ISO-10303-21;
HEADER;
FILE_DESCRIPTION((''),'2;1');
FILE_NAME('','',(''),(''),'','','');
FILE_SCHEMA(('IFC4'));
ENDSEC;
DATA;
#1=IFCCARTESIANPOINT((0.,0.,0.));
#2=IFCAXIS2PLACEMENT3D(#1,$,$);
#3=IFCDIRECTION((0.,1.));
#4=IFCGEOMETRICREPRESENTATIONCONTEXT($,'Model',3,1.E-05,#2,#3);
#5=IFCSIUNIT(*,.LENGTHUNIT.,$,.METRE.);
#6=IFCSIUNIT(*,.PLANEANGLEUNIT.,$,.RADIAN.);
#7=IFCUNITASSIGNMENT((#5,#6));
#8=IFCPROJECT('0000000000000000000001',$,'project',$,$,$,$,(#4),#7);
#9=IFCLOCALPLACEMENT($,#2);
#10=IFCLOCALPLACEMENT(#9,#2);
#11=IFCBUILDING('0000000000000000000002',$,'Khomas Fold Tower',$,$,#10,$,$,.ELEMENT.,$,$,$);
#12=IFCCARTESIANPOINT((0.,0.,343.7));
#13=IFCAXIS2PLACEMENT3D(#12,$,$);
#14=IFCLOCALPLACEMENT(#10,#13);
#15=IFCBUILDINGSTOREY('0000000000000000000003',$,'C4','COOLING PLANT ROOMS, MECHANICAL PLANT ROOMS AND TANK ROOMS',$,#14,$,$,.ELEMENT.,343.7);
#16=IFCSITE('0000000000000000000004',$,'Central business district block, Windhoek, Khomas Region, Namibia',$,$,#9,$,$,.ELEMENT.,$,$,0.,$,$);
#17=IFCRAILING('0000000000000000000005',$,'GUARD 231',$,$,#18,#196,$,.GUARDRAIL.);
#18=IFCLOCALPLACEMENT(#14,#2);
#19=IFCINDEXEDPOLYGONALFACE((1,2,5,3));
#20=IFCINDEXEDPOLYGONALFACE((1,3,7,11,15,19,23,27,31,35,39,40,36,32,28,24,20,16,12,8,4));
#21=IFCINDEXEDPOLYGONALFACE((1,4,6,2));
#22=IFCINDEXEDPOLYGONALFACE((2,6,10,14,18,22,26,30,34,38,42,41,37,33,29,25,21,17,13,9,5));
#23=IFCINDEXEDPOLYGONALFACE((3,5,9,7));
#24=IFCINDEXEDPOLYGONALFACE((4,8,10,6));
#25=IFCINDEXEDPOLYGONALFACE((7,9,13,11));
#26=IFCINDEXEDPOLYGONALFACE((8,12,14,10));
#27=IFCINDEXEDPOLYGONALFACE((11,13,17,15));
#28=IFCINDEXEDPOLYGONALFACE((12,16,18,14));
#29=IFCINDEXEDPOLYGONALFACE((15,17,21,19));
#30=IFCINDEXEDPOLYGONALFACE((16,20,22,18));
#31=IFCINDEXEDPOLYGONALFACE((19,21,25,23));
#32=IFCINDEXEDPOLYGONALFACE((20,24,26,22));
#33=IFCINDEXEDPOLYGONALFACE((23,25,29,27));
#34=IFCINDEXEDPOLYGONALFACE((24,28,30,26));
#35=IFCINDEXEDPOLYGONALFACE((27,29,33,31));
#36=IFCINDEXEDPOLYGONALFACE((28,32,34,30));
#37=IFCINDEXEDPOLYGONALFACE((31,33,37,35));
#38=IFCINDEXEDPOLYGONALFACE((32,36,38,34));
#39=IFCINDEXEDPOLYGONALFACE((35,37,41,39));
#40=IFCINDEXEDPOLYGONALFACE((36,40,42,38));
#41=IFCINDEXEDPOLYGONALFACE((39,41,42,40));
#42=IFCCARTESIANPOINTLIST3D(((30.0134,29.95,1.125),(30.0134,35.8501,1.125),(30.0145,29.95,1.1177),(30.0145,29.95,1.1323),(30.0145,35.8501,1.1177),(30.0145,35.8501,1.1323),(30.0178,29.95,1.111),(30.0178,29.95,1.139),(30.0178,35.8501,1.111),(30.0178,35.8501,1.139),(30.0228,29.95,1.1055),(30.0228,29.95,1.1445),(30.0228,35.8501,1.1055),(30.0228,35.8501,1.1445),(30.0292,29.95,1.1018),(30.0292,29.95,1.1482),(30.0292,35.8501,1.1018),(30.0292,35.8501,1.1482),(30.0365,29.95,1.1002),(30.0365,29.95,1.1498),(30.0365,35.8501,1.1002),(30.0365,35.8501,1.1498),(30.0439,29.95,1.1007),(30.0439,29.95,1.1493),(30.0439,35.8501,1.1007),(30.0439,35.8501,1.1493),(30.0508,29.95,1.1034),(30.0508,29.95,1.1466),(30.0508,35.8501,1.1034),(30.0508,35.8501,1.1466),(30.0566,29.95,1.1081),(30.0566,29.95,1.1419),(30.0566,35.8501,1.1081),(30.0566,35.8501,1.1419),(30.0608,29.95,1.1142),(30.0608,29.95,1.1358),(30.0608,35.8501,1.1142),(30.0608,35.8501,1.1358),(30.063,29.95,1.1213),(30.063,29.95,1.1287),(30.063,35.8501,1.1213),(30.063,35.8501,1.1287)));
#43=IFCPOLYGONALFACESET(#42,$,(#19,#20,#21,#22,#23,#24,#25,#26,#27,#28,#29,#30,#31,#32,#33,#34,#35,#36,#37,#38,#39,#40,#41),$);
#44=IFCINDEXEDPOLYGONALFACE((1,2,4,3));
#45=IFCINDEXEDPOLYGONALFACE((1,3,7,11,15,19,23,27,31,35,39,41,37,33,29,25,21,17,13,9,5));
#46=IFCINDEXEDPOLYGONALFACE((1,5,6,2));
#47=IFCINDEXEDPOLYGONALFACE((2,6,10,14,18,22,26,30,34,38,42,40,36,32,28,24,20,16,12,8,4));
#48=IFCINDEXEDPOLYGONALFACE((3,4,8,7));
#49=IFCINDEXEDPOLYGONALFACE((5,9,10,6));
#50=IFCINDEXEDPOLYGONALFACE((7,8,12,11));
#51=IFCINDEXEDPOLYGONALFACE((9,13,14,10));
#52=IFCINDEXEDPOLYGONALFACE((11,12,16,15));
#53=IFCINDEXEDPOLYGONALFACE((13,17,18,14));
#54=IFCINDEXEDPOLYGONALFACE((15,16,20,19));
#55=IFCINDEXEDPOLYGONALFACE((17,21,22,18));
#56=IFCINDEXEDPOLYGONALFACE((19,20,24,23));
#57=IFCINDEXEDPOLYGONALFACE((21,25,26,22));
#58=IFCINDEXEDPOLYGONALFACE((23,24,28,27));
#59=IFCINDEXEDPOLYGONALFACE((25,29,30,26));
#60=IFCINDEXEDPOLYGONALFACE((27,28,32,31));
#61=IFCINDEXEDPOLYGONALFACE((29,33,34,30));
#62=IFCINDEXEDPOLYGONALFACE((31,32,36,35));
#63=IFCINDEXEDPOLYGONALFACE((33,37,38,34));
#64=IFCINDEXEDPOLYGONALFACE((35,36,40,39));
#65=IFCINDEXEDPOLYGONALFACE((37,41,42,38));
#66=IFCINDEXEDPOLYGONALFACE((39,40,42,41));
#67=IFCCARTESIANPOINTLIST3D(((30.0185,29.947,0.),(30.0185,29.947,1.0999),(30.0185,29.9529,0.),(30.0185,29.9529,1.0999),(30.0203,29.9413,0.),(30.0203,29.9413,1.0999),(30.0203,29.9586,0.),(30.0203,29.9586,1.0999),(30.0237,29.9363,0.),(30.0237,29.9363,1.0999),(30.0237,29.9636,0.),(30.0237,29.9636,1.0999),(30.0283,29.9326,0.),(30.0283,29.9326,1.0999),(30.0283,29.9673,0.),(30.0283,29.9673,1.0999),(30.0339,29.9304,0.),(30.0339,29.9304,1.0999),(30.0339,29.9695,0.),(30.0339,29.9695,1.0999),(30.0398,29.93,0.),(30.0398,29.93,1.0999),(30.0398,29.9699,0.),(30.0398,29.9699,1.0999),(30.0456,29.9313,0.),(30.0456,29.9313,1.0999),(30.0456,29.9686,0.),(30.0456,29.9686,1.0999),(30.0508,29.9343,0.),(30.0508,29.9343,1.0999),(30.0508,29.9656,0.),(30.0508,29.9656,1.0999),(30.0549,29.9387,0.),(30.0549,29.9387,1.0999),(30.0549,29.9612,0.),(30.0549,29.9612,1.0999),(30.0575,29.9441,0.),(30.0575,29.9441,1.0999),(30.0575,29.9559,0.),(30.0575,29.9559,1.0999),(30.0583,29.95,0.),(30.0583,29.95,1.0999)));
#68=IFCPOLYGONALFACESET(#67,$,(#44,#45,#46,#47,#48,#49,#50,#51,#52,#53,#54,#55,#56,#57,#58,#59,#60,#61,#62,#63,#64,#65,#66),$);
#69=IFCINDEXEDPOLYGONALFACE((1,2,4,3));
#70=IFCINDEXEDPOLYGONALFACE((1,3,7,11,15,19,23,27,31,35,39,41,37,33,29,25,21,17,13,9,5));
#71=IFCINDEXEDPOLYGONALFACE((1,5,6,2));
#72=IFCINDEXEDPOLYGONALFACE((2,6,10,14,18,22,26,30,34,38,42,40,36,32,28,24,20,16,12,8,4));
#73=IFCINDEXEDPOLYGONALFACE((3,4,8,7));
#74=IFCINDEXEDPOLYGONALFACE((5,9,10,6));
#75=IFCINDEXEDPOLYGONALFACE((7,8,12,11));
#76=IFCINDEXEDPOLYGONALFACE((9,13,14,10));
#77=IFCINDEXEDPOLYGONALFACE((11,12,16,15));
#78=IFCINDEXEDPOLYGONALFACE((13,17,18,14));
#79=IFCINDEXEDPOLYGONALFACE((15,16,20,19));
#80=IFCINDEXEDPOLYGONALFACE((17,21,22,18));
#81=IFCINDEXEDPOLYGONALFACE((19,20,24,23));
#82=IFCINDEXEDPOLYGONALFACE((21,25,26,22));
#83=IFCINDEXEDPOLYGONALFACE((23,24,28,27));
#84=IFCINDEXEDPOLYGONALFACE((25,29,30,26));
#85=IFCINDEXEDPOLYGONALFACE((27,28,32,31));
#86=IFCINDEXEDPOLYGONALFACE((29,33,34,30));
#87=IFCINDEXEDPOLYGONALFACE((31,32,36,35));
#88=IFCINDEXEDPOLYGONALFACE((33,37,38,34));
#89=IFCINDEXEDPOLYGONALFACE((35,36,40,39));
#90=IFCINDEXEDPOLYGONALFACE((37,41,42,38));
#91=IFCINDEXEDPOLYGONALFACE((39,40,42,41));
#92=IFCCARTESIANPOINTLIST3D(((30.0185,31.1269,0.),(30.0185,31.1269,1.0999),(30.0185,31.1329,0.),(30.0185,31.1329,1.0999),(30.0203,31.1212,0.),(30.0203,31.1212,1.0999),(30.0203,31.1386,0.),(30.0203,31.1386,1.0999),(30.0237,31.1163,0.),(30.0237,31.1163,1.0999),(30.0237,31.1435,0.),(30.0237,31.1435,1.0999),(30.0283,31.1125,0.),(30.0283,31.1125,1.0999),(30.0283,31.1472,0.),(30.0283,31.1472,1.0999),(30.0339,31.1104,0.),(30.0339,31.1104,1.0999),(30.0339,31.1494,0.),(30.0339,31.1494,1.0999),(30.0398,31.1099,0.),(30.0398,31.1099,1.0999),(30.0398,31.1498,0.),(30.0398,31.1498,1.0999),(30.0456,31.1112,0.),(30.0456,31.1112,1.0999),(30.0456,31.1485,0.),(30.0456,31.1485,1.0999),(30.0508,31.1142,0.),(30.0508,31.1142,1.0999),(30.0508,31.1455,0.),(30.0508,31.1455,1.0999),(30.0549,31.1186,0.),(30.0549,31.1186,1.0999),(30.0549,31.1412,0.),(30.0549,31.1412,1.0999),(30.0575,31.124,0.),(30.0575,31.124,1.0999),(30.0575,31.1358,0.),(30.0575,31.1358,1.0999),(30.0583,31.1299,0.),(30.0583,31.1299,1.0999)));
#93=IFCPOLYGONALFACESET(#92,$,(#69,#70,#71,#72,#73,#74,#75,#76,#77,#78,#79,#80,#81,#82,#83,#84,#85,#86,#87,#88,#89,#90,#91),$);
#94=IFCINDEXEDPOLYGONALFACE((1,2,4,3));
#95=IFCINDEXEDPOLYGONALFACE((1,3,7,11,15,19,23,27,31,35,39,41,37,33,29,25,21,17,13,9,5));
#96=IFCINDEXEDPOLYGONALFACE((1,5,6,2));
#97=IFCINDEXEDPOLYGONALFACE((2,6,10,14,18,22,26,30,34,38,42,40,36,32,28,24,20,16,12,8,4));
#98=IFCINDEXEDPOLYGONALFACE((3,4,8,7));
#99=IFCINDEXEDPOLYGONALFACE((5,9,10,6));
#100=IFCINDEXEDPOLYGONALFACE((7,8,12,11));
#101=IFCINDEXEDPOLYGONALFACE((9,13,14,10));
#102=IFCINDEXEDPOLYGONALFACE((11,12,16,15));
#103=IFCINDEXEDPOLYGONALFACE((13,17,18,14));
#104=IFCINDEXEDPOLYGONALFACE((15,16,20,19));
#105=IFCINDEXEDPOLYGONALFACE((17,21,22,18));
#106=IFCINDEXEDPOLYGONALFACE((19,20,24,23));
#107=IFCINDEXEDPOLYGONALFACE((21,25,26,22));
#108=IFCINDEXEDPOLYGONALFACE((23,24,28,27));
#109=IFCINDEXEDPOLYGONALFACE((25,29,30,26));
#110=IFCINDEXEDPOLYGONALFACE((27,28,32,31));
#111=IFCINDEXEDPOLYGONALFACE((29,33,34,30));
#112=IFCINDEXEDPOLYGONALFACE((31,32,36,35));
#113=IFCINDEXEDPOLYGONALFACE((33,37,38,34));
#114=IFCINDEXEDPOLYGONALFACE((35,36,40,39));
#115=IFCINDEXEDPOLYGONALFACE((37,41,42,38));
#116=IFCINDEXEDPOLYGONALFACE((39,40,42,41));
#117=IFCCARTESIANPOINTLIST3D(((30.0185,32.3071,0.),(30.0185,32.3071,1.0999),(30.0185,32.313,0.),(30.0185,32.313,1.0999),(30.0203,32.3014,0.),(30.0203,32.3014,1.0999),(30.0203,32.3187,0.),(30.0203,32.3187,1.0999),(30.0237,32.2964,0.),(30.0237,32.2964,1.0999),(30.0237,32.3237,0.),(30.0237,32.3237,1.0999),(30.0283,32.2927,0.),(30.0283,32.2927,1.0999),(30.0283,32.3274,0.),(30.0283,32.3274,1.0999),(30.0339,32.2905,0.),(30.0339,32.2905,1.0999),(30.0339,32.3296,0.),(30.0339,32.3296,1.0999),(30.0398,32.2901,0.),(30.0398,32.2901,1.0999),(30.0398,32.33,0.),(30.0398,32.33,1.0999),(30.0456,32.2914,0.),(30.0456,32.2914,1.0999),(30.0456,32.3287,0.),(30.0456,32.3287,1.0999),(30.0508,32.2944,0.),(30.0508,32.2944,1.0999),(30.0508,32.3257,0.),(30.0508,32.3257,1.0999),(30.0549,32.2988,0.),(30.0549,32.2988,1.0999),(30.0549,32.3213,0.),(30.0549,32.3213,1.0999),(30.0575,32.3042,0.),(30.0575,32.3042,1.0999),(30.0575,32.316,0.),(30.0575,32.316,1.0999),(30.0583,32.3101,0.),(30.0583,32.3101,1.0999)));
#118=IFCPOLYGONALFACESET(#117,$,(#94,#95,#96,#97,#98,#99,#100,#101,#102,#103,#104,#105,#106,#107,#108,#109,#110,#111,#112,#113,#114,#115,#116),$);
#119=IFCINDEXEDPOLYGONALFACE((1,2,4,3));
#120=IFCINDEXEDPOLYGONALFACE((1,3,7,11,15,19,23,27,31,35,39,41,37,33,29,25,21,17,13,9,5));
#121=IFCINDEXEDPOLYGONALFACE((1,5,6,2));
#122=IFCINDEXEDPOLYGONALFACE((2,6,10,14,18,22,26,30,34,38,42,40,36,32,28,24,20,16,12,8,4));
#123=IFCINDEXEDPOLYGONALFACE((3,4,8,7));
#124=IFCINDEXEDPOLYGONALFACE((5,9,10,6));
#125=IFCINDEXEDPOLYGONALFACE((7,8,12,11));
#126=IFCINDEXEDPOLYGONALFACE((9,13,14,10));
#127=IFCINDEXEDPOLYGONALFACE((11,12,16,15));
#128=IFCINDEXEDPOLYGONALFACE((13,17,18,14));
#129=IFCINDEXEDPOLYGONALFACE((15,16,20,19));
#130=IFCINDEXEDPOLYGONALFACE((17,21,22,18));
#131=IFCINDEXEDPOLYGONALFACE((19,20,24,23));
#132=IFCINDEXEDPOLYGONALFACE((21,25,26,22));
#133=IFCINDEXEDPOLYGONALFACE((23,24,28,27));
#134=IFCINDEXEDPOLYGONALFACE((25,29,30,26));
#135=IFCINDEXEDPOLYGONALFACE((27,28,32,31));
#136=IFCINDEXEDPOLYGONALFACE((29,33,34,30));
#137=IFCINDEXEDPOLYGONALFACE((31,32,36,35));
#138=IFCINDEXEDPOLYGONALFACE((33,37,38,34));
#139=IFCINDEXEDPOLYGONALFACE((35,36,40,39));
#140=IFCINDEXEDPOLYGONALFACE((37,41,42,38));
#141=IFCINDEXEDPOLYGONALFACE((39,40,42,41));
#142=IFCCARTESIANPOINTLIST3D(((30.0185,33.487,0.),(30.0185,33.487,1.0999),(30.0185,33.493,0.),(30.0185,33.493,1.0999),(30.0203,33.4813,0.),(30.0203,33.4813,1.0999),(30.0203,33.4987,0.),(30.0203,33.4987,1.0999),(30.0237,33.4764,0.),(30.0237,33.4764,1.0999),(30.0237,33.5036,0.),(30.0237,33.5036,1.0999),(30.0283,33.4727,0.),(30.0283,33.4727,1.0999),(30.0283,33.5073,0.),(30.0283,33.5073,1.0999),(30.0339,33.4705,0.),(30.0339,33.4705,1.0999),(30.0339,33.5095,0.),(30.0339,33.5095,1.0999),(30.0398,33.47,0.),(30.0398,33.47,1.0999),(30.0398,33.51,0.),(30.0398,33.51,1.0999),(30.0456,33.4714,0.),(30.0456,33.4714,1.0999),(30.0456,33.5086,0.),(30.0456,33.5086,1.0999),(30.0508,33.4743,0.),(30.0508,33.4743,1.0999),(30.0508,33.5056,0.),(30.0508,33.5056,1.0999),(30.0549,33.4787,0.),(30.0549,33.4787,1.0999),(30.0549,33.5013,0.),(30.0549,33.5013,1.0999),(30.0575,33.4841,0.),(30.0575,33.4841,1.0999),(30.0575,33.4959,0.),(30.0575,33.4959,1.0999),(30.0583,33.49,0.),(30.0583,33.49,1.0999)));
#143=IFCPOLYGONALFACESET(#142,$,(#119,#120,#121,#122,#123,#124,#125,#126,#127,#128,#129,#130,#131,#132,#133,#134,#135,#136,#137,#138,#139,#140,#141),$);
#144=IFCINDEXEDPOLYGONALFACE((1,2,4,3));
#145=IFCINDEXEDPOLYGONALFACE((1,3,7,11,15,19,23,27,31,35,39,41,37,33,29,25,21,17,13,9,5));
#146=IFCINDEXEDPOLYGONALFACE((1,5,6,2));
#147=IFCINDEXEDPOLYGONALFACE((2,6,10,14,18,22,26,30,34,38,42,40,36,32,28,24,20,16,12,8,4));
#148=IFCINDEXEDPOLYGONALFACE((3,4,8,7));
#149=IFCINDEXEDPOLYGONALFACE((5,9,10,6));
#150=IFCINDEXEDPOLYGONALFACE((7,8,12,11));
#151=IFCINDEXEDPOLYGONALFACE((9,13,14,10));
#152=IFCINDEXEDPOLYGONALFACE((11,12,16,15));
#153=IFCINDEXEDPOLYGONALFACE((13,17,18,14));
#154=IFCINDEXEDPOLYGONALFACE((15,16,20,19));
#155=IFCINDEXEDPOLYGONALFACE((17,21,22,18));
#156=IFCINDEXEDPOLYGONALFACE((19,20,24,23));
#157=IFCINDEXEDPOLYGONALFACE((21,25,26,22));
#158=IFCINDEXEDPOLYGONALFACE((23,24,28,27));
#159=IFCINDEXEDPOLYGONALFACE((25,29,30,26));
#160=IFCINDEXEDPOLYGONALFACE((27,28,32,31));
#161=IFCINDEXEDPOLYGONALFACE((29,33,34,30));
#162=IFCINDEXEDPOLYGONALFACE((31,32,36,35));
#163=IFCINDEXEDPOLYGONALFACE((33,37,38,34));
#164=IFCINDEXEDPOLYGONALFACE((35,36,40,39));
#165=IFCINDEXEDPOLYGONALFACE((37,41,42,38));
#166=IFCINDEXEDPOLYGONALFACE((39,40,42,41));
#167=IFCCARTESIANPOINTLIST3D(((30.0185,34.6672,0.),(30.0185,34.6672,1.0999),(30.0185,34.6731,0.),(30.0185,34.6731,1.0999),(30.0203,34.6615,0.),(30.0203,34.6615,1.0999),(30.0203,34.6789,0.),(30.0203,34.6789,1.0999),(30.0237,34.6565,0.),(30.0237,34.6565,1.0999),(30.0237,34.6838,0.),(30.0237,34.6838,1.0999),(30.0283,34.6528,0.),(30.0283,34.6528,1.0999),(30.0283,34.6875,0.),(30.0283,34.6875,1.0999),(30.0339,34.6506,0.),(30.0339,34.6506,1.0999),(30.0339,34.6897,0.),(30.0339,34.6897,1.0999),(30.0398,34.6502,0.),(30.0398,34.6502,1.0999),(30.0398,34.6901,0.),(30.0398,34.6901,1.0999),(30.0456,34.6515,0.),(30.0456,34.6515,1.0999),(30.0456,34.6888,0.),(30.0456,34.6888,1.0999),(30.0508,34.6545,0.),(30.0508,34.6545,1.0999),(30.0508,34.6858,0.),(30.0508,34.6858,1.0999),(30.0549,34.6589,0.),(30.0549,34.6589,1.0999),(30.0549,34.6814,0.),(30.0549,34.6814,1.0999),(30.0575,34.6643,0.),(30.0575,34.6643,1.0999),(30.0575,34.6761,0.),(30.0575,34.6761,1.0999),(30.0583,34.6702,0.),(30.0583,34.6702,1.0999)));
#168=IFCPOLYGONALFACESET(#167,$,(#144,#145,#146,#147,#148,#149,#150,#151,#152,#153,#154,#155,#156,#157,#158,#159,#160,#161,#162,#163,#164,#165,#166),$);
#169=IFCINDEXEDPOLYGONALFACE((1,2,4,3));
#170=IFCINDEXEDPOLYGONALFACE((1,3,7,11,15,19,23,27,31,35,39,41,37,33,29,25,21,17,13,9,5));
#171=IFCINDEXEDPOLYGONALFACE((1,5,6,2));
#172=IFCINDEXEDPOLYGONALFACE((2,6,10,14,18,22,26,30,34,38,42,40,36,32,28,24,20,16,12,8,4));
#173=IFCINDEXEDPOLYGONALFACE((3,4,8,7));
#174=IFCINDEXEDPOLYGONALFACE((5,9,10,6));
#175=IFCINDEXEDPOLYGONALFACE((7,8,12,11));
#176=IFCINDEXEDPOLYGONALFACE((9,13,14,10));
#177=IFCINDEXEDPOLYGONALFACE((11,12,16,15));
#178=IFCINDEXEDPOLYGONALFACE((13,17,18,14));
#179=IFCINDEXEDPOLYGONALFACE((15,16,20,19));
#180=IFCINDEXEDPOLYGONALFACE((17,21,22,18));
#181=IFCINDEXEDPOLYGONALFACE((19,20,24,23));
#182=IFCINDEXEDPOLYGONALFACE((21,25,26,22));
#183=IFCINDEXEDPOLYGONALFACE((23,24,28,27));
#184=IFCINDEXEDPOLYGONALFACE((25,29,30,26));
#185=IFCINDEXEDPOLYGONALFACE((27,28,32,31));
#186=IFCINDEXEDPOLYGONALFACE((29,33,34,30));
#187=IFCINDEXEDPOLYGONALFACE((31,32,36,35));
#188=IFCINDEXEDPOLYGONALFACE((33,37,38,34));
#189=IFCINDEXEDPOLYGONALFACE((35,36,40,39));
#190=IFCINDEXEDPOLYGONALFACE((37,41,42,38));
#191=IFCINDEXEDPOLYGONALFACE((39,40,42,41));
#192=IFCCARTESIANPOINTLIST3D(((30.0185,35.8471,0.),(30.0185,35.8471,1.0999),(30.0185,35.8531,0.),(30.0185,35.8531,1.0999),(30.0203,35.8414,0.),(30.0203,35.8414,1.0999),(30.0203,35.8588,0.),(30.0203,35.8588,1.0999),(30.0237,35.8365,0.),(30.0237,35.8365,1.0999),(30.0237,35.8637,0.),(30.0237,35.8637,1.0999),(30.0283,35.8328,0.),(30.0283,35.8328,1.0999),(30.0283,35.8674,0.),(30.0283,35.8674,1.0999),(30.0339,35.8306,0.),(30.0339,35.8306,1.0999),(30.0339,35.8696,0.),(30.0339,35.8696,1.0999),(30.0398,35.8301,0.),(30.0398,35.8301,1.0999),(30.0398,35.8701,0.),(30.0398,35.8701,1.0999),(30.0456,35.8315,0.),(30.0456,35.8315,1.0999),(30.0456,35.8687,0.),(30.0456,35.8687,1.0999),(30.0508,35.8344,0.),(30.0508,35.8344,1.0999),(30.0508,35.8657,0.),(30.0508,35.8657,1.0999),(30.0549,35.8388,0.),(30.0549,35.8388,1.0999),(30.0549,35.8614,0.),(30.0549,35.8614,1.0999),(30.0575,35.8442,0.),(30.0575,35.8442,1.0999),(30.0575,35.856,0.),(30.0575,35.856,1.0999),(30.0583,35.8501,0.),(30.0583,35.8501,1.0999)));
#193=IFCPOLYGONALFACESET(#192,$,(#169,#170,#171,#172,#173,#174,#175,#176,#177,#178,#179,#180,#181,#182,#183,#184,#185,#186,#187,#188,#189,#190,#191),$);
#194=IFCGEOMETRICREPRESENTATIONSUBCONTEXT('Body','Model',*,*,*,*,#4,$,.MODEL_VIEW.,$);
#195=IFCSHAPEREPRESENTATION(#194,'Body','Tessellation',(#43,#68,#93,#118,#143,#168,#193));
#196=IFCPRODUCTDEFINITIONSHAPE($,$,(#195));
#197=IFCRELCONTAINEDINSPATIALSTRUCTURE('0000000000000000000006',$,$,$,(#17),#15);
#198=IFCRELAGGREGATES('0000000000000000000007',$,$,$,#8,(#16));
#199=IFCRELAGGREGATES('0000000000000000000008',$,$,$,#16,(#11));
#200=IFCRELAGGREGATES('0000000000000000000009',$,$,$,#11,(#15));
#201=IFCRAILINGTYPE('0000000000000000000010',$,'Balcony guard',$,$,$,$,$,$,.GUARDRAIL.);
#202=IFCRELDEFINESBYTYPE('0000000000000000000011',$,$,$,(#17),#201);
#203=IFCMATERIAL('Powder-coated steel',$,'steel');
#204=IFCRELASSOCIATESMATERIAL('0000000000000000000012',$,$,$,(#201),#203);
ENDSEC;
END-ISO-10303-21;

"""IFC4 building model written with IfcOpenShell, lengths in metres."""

from ifc_helpers import new_model, si_unit, direction, frame, origin, origin_2d, place, context, subcontext, project, spatial, circle, extrude, source, transform, mapped, material, type_object, element, save


model = new_model("IFC4")

# Units and contexts
model_context = context("Model", 3, precision=1e-05, world=origin(), true_north=direction((0.0, 1.0)))
body_context = subcontext(model_context, "Body", "Model", "MODEL_VIEW")
ifc_project = project(units=[si_unit("LENGTHUNIT", "METRE"), si_unit("PLANEANGLEUNIT", "RADIAN")], contexts=[model_context])

# Site, building, storey
site_placement = place(None, origin())
site = spatial("IfcSite", under=ifc_project, at=site_placement, Name="Central business district block, Windhoek, Khomas Region, Namibia", CompositionType="ELEMENT", RefElevation=0.0)
building_placement = place(site_placement, origin())
building = spatial("IfcBuilding", under=site, at=building_placement, Name="Khomas Fold Tower", CompositionType="ELEMENT")
storey_placement = place(building_placement, frame((0.0, 0.0, 343.7)))
storey = spatial("IfcBuildingStorey", under=building, at=storey_placement, Name="C4", Description="COOLING PLANT ROOMS, MECHANICAL PLANT ROOMS AND TANK ROOMS", CompositionType="ELEMENT", Elevation=343.7)

# Railing
ifc_material_1 = material(Name="Powder-coated steel", Category="steel")
railing_type_1 = type_object("IfcRailingType", Name="Balcony guard", PredefinedType="GUARDRAIL", material=ifc_material_1)
shared_shape_1 = source(origin(), body_context, "Body", "SweptSolid", [
    extrude(circle(Radius=0.0249, at=origin_2d()), frame((0.0, 0.0, 1.125), z_axis=(0.0, 1.0, 0.0), x_axis=(-1.0, 0.0, 0.0)), (0.0, 0.0, 1.0), 5.9001),
    extrude(circle(Radius=0.02, at=origin_2d()), origin(), (0.0, 0.0, 1.0), 1.0999),
    extrude(circle(Radius=0.02, at=origin_2d()), frame((0.0, 1.1799, 0.0)), (0.0, 0.0, 1.0), 1.0999),
    extrude(circle(Radius=0.02, at=origin_2d()), frame((0.0, 2.3601, 0.0)), (0.0, 0.0, 1.0), 1.0999),
    extrude(circle(Radius=0.02, at=origin_2d()), frame((0.0, 3.54, 0.0)), (0.0, 0.0, 1.0), 1.0999),
    extrude(circle(Radius=0.02, at=origin_2d()), frame((0.0, 4.7202, 0.0)), (0.0, 0.0, 1.0), 1.0999),
    extrude(circle(Radius=0.02, at=origin_2d()), frame((0.0, 5.9001, 0.0)), (0.0, 0.0, 1.0), 1.0999),
])
railing_1_placement = place(storey_placement, frame((30.0383, 29.95, 0.0)))
element("IfcRailing", 1, at=railing_1_placement, inside=storey, type_object=railing_type_1, Name="GUARD 231", PredefinedType="GUARDRAIL", context=body_context, shape_type="MappedRepresentation", body=[
    mapped(shared_shape_1, transform((0.0, 0.0, 0.0))),
])

save(model, "model.ifc")
